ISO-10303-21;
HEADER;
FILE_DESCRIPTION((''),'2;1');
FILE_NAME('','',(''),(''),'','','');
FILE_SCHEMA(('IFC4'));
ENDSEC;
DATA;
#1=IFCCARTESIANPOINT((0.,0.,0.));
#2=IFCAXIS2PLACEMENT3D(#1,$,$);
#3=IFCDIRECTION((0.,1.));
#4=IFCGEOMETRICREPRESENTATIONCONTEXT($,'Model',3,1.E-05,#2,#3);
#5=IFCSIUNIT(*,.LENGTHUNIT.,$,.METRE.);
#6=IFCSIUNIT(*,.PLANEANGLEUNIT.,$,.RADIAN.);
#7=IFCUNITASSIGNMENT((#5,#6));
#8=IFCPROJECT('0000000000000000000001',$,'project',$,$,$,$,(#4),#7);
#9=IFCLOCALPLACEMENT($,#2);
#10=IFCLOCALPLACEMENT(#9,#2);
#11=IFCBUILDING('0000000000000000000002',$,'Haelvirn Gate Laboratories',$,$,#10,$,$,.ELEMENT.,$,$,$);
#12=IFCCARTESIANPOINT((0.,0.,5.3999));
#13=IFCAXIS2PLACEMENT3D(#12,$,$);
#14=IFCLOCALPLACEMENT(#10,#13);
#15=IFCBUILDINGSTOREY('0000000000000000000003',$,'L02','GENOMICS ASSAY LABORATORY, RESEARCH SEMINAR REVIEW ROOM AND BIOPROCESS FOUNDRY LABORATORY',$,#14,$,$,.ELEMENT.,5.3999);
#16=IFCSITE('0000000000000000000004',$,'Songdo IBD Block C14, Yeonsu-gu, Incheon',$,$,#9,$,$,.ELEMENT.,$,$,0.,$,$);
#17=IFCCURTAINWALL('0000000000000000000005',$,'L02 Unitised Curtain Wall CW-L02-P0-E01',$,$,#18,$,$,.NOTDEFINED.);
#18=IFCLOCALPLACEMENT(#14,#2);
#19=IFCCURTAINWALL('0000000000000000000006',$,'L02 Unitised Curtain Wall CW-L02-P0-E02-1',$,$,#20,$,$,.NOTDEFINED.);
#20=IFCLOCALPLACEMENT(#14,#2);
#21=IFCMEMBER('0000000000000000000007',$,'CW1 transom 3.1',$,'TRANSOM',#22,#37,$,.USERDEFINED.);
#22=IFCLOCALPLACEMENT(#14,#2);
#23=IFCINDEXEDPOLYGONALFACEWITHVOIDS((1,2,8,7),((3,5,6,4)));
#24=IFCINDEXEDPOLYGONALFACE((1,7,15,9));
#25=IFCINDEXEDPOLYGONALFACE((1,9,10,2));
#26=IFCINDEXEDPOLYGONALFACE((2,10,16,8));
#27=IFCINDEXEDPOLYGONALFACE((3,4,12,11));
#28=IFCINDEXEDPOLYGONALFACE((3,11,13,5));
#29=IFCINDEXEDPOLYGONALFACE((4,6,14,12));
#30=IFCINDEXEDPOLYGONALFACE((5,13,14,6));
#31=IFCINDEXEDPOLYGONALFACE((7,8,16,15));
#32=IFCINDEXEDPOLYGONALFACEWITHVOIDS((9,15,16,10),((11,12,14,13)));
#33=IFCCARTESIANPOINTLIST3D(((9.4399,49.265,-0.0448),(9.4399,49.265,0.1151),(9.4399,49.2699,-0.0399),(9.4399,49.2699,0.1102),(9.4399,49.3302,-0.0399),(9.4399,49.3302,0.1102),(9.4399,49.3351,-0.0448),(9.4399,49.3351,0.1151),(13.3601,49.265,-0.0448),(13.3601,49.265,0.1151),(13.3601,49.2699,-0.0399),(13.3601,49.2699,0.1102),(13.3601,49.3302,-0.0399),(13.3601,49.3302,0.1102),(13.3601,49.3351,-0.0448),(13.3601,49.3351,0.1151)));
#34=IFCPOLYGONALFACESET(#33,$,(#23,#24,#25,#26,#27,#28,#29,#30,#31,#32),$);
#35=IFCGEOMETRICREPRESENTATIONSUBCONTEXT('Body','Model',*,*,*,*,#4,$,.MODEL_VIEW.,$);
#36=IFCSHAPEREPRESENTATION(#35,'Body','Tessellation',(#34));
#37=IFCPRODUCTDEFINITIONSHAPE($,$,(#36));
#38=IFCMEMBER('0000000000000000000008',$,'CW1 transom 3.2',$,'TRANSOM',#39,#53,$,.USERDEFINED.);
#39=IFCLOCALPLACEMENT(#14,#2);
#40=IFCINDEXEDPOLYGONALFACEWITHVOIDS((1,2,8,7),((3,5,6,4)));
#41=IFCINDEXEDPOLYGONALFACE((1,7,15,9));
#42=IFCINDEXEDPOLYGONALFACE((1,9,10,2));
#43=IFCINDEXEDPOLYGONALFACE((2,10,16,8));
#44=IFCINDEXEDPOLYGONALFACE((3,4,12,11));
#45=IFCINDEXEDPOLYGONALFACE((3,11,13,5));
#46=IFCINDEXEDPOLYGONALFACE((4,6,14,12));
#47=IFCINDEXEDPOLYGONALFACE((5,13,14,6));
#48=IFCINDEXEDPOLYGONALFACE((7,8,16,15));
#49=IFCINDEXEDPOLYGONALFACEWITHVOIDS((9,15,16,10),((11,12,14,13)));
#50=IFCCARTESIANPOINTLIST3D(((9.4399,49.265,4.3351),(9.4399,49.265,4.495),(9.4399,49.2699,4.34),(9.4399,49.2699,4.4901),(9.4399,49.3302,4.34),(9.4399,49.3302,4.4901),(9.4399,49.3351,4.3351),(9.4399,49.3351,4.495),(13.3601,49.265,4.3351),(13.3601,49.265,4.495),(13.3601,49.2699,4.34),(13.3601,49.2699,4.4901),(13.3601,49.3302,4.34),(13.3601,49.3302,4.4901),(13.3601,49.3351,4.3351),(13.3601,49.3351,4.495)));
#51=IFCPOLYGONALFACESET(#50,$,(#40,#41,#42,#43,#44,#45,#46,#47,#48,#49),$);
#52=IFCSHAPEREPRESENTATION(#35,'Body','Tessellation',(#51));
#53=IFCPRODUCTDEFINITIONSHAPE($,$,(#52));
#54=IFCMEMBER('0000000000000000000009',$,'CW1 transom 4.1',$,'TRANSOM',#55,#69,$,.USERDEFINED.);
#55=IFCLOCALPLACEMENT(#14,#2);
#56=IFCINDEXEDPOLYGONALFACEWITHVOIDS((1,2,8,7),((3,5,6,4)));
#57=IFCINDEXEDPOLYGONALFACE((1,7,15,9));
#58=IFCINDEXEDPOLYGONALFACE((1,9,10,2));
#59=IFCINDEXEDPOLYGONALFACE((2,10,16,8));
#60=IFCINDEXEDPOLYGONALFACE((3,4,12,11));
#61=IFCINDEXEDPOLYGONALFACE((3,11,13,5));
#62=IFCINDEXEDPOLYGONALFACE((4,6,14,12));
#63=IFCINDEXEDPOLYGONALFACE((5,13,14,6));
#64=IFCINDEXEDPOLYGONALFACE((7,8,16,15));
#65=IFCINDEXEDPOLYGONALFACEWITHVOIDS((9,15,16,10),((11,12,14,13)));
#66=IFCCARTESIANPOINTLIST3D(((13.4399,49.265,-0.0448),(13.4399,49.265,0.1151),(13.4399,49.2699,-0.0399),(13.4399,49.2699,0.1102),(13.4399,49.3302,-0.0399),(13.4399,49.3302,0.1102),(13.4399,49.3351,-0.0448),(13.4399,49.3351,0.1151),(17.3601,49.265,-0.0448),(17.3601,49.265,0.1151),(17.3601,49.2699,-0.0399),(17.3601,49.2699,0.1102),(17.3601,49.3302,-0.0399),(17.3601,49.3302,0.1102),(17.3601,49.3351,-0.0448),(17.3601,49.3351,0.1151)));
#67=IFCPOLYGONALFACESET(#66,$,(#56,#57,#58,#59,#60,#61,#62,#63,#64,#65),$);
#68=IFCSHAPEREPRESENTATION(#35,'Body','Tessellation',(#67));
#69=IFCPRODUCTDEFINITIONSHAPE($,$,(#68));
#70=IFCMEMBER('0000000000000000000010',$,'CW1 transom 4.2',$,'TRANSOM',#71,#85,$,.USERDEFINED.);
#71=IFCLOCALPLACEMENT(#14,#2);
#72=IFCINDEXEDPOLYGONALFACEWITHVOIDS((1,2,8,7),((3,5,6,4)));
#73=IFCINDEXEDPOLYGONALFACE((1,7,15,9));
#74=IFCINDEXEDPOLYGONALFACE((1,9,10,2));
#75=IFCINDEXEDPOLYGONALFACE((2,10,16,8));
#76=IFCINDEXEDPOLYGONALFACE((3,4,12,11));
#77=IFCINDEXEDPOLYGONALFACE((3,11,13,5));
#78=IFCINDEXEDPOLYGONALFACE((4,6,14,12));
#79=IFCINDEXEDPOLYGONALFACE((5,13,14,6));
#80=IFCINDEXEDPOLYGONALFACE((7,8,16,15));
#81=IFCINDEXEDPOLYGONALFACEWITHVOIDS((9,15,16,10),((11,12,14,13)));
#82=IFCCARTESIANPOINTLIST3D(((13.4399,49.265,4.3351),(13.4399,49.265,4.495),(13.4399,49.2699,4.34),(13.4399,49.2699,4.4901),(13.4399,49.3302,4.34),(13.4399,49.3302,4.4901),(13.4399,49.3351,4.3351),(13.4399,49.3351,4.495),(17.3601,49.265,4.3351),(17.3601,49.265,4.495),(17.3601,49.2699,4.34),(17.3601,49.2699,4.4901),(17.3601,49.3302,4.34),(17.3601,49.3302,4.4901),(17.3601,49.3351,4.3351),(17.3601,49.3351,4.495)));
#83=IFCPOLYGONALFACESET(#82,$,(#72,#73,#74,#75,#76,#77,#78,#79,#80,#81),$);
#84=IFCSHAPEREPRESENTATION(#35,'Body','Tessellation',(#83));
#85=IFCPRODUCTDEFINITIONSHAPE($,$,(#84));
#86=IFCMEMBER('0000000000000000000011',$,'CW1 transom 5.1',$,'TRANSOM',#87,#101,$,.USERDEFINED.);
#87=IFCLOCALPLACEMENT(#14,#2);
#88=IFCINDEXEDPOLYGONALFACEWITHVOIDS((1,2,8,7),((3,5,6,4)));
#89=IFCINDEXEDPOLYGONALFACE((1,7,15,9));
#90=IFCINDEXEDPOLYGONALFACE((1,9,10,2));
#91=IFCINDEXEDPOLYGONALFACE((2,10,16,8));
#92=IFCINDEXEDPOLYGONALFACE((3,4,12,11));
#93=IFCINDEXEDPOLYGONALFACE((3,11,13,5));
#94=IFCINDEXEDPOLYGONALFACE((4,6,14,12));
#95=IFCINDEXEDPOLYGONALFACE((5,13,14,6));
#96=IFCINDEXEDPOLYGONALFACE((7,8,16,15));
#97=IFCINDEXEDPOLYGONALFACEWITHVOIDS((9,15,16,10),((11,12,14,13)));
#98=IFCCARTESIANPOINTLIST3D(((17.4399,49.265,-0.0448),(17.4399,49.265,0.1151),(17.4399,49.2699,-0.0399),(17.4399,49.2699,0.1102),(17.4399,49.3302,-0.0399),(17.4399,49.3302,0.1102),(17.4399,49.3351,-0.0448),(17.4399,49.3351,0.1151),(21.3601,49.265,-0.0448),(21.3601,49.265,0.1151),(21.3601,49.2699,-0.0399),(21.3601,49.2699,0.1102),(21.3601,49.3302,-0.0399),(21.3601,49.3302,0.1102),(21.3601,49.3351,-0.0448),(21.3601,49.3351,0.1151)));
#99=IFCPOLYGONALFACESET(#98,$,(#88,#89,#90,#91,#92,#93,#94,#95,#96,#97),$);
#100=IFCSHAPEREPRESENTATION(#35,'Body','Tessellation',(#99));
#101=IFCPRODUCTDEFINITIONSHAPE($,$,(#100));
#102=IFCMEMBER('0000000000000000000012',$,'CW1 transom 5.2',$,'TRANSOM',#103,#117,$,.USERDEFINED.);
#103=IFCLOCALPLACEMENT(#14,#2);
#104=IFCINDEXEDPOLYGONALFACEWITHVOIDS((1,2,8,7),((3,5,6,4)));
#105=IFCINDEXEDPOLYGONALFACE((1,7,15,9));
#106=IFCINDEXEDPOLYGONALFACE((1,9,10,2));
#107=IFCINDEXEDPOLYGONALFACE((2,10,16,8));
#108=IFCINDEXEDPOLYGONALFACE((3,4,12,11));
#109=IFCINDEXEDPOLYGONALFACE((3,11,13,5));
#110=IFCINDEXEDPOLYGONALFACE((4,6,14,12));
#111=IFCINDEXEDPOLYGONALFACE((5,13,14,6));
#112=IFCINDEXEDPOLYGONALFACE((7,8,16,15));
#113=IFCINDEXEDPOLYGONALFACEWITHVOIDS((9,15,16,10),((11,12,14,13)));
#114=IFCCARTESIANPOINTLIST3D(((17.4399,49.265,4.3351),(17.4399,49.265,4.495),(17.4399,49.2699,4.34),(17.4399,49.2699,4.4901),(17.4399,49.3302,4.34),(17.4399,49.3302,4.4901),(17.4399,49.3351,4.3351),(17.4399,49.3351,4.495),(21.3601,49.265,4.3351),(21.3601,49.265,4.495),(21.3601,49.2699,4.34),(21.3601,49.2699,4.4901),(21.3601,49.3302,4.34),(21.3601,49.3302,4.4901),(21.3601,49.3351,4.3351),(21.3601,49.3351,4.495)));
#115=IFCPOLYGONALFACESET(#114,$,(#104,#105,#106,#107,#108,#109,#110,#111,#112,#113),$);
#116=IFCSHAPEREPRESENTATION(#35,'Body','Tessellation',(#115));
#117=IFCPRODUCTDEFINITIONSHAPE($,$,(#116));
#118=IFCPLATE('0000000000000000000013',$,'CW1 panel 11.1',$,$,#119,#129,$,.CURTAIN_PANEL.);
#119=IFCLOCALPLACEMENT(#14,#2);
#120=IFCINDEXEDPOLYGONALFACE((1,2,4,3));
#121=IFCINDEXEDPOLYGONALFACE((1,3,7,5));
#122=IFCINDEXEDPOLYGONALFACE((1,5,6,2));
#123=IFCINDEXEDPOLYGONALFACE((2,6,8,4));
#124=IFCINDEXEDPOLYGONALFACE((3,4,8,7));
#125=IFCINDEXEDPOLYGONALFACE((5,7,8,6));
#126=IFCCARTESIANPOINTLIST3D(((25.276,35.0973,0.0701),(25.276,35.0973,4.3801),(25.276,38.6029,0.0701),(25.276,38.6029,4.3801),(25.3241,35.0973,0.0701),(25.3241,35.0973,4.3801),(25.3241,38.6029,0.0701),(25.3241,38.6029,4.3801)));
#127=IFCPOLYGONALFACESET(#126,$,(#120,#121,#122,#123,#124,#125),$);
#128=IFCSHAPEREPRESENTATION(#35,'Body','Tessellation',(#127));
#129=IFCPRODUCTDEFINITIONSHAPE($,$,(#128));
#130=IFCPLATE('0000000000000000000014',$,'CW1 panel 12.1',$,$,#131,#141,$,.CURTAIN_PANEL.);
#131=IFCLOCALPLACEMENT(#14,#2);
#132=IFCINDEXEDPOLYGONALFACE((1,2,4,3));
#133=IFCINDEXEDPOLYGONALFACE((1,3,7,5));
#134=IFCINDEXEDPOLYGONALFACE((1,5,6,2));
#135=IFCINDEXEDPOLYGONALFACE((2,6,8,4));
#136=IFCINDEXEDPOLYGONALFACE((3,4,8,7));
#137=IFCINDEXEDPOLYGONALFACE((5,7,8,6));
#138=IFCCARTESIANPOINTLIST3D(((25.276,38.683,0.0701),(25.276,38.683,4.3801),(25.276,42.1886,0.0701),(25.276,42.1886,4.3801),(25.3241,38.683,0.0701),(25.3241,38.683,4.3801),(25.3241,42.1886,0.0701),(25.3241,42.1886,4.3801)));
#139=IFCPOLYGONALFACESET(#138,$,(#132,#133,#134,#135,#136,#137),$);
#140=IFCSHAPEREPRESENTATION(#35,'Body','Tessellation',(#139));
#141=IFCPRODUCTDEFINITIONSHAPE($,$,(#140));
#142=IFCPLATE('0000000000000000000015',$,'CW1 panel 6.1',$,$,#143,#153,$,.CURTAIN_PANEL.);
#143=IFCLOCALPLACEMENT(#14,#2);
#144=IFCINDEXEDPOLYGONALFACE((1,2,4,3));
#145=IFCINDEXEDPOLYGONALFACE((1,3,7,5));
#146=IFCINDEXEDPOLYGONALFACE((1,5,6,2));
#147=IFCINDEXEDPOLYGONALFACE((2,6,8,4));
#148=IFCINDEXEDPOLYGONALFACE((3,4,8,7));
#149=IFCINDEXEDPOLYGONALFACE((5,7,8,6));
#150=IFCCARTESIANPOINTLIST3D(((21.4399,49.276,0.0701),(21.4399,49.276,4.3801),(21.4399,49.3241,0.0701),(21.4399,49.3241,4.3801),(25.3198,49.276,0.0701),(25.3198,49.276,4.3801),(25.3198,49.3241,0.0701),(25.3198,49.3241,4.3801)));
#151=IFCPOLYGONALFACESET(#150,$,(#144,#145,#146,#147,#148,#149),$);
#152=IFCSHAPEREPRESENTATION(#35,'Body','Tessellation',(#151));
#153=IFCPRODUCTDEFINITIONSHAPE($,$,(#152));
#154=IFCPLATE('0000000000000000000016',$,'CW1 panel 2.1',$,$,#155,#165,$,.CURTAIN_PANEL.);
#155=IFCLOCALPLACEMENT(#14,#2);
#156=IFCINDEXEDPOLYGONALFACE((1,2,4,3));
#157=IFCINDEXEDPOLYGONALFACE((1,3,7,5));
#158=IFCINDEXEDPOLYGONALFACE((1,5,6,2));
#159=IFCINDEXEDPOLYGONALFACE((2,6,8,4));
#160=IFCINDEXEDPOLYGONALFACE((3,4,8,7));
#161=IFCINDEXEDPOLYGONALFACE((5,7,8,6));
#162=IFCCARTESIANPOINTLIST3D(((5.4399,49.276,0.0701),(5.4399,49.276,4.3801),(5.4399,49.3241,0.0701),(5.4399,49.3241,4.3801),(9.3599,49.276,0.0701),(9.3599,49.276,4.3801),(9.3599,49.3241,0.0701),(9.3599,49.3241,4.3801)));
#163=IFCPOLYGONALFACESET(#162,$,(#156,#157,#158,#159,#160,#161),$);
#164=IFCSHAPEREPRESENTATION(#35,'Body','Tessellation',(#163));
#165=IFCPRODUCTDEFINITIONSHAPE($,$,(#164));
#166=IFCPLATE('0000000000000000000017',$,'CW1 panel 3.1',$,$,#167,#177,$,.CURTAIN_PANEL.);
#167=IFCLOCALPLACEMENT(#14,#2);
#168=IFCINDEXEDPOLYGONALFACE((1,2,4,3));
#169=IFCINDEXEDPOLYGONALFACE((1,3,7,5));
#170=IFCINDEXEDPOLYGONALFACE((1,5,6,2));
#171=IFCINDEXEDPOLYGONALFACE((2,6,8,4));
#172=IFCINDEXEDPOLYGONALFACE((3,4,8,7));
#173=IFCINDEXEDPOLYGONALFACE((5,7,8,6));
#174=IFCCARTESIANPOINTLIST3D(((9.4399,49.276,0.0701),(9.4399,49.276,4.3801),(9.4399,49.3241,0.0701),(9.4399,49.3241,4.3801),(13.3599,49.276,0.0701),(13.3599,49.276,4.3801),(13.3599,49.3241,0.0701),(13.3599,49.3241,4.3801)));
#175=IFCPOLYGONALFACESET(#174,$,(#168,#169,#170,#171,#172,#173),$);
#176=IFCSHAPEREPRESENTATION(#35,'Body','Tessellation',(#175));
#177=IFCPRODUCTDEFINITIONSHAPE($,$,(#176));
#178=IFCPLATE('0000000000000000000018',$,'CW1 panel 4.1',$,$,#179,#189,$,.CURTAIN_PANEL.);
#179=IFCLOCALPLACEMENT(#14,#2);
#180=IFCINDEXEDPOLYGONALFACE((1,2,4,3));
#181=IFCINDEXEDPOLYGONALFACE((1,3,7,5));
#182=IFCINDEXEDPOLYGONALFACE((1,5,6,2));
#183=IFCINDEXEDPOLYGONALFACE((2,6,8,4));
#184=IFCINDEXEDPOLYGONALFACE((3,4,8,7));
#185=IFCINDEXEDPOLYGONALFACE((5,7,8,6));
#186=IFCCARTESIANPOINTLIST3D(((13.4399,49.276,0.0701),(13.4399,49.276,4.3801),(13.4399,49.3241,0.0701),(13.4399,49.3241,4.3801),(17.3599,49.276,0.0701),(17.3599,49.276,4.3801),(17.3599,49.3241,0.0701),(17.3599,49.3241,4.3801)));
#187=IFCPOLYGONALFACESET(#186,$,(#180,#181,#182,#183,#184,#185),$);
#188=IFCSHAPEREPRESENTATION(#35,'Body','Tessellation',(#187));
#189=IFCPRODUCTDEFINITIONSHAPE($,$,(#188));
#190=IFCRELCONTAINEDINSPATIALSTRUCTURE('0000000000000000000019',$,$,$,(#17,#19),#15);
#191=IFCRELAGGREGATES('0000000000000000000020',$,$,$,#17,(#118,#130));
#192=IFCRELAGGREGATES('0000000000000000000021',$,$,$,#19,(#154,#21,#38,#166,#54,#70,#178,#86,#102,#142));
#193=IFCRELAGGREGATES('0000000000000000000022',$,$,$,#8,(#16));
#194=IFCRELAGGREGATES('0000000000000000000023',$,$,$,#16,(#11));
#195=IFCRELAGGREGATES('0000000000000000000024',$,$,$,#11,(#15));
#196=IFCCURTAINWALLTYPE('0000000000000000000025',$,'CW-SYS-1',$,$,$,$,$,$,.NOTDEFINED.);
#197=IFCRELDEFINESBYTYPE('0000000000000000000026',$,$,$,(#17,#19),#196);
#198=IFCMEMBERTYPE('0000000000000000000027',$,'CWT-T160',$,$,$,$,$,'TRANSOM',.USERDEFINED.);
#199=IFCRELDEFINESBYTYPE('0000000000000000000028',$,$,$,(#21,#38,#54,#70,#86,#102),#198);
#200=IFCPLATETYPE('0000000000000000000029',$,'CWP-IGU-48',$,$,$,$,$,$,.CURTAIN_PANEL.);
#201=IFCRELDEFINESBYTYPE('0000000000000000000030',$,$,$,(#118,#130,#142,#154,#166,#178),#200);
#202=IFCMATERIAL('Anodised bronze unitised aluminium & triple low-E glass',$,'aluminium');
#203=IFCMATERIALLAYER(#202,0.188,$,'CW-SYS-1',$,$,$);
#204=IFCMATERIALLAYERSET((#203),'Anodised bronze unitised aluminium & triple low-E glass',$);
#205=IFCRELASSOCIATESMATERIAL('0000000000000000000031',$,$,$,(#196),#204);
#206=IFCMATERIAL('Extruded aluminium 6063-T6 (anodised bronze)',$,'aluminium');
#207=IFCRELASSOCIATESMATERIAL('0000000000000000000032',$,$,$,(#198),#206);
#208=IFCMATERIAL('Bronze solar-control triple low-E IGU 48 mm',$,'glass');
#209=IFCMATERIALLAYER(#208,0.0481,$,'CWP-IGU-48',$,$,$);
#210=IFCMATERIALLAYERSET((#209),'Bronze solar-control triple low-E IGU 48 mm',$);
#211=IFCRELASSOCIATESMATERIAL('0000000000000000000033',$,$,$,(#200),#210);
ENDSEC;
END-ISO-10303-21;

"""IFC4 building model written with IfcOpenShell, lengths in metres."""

from ifc_helpers import new_model, si_unit, direction, frame, origin, origin_2d, place, context, subcontext, project, spatial, rectangle, hollow_rectangle, extrude, source, transform, mapped, material, layer, layer_set, material_profile, profile_set, type_object, type_shapes, element, aggregate, save


model = new_model("IFC4")

# Units and contexts
model_context = context("Model", 3, precision=1e-05, world=origin(), true_north=direction((0.0, 1.0)))
body_context = subcontext(model_context, "Body", "Model", "MODEL_VIEW")
ifc_project = project(units=[si_unit("LENGTHUNIT", "METRE"), si_unit("PLANEANGLEUNIT", "RADIAN")], contexts=[model_context])

# Site, building, storey
site_placement = place(None, origin())
site = spatial("IfcSite", under=ifc_project, at=site_placement, Name="Songdo IBD Block C14, Yeonsu-gu, Incheon", CompositionType="ELEMENT", RefElevation=0.0)
building_placement = place(site_placement, origin())
building = spatial("IfcBuilding", under=site, at=building_placement, Name="Haelvirn Gate Laboratories", CompositionType="ELEMENT")
storey_placement = place(building_placement, frame((0.0, 0.0, 5.3999)))
storey = spatial("IfcBuildingStorey", under=building, at=storey_placement, Name="L02", Description="GENOMICS ASSAY LABORATORY, RESEARCH SEMINAR REVIEW ROOM AND BIOPROCESS FOUNDRY LABORATORY", CompositionType="ELEMENT", Elevation=5.3999)

# Curtain walls
ifc_material_1 = material(Name="Anodised bronze unitised aluminium & triple low-E glass", Category="aluminium")
ifc_layer_1 = layer(ifc_material_1, 0.188, Name="CW-SYS-1")
ifc_layer_set_1 = layer_set([ifc_layer_1], Name="Anodised bronze unitised aluminium & triple low-E glass")
curtain_wall_type = type_object("IfcCurtainWallType", Name="CW-SYS-1", PredefinedType="NOTDEFINED", material=ifc_layer_set_1)
curtain_wall_1_placement = place(storey_placement, origin())
curtain_wall_1 = element("IfcCurtainWall", 1, at=curtain_wall_1_placement, inside=storey, type_object=curtain_wall_type, Name="L02 Unitised Curtain Wall CW-L02-P0-E01", PredefinedType="NOTDEFINED")
ifc_material_2 = material(Name="Extruded aluminium 6063-T6 (anodised bronze)", Category="aluminium")
curtain_wall_2_placement = place(storey_placement, origin())
curtain_wall_2 = element("IfcCurtainWall", 2, at=curtain_wall_2_placement, inside=storey, type_object=curtain_wall_type, Name="L02 Unitised Curtain Wall CW-L02-P0-E02-1", PredefinedType="NOTDEFINED")

# Members
ifc_material_profile_1 = material_profile(ifc_material_2, hollow_rectangle(XDim=0.0701, YDim=0.1599, WallThickness=0.0049, at=origin_2d()), Name="CWT-160x70x5")
ifc_profile_set_1 = profile_set([ifc_material_profile_1], Name="Extruded aluminium 6063-T6 (anodised bronze)")
member_type_1 = type_object("IfcMemberType", Name="CWT-T160", ElementType="TRANSOM", PredefinedType="USERDEFINED", material=ifc_profile_set_1)
shared_shape_1 = source(origin(), body_context, "Body", "SweptSolid", [
    extrude(hollow_rectangle(XDim=0.0701, YDim=0.1599, WallThickness=0.0049, at=origin_2d()), origin(), (0.0, 0.0, 1.0), 3.9202),
])
member_1_placement = place(storey_placement, frame((9.4399, 49.3, 0.0352), z_axis=(1.0, 0.0, 0.0), x_axis=(0.0, 1.0, 0.0)))
member_1 = element("IfcMember", 3, at=member_1_placement, type_object=member_type_1, Name="CW1 transom 3.1", ObjectType="TRANSOM", PredefinedType="USERDEFINED", context=body_context, shape_type="MappedRepresentation", body=[
    mapped(shared_shape_1, transform((0.0, 0.0, 0.0), scale=1.0)),
])
member_2_placement = place(storey_placement, frame((9.4399, 49.3, 4.415), z_axis=(1.0, 0.0, 0.0), x_axis=(0.0, 1.0, 0.0)))
member_2 = element("IfcMember", 4, at=member_2_placement, type_object=member_type_1, Name="CW1 transom 3.2", ObjectType="TRANSOM", PredefinedType="USERDEFINED", context=body_context, shape_type="MappedRepresentation", body=[
    mapped(shared_shape_1, transform((0.0, 0.0, 0.0), scale=1.0)),
])
member_3_placement = place(storey_placement, frame((13.4399, 49.3, 0.0352), z_axis=(1.0, 0.0, 0.0), x_axis=(0.0, 1.0, 0.0)))
member_3 = element("IfcMember", 5, at=member_3_placement, type_object=member_type_1, Name="CW1 transom 4.1", ObjectType="TRANSOM", PredefinedType="USERDEFINED", context=body_context, shape_type="MappedRepresentation", body=[
    mapped(shared_shape_1, transform((0.0, 0.0, 0.0), scale=1.0)),
])
member_4_placement = place(storey_placement, frame((13.4399, 49.3, 4.415), z_axis=(1.0, 0.0, 0.0), x_axis=(0.0, 1.0, 0.0)))
member_4 = element("IfcMember", 6, at=member_4_placement, type_object=member_type_1, Name="CW1 transom 4.2", ObjectType="TRANSOM", PredefinedType="USERDEFINED", context=body_context, shape_type="MappedRepresentation", body=[
    mapped(shared_shape_1, transform((0.0, 0.0, 0.0), scale=1.0)),
])
member_5_placement = place(storey_placement, frame((17.4399, 49.3, 0.0352), z_axis=(1.0, 0.0, 0.0), x_axis=(0.0, 1.0, 0.0)))
member_5 = element("IfcMember", 7, at=member_5_placement, type_object=member_type_1, Name="CW1 transom 5.1", ObjectType="TRANSOM", PredefinedType="USERDEFINED", context=body_context, shape_type="MappedRepresentation", body=[
    mapped(shared_shape_1, transform((0.0, 0.0, 0.0), scale=1.0)),
])
member_6_placement = place(storey_placement, frame((17.4399, 49.3, 4.415), z_axis=(1.0, 0.0, 0.0), x_axis=(0.0, 1.0, 0.0)))
member_6 = element("IfcMember", 8, at=member_6_placement, type_object=member_type_1, Name="CW1 transom 5.2", ObjectType="TRANSOM", PredefinedType="USERDEFINED", context=body_context, shape_type="MappedRepresentation", body=[
    mapped(shared_shape_1, transform((0.0, 0.0, 0.0), scale=1.0)),
])

# Plates
ifc_material_3 = material(Name="Bronze solar-control triple low-E IGU 48 mm", Category="glass")
ifc_layer_2 = layer(ifc_material_3, 0.0481, Name="CWP-IGU-48")
ifc_layer_set_2 = layer_set([ifc_layer_2], Name="Bronze solar-control triple low-E IGU 48 mm")
plate_type = type_object("IfcPlateType", Name="CWP-IGU-48", PredefinedType="CURTAIN_PANEL", material=ifc_layer_set_2)
shared_shape_2 = source(origin(), body_context, "Body", "SweptSolid", [
    extrude(rectangle(XDim=3.5056, YDim=0.0481, at=origin_2d()), origin(), (0.0, 0.0, 1.0), 4.3101),
])
plate_1_placement = place(storey_placement, frame((25.3, 36.8501, 0.0701), z_axis=(0.0, 0.0, 1.0), x_axis=(0.0, 1.0, 0.0)))
plate_1 = element("IfcPlate", 9, at=plate_1_placement, type_object=plate_type, Name="CW1 panel 11.1", PredefinedType="CURTAIN_PANEL", context=body_context, shape_type="MappedRepresentation", body=[
    mapped(shared_shape_2, transform((0.0, 0.0, 0.0), scale=1.0)),
])
plate_2_placement = place(storey_placement, frame((25.3, 40.4358, 0.0701), z_axis=(0.0, 0.0, 1.0), x_axis=(0.0, 1.0, 0.0)))
plate_2 = element("IfcPlate", 10, at=plate_2_placement, type_object=plate_type, Name="CW1 panel 12.1", PredefinedType="CURTAIN_PANEL", context=body_context, shape_type="MappedRepresentation", body=[
    mapped(shared_shape_2, transform((0.0, 0.0, 0.0), scale=1.0)),
])
aggregate(curtain_wall_1, [plate_1, plate_2])
shared_shape_3 = source(origin(), body_context, "Body", "SweptSolid", [
    extrude(rectangle(XDim=3.8799, YDim=0.0481, at=origin_2d()), origin(), (0.0, 0.0, 1.0), 4.3101),
])
plate_3_placement = place(storey_placement, frame((23.3799, 49.3, 0.0701), z_axis=(0.0, 0.0, 1.0), x_axis=(1.0, 0.0, 0.0)))
plate_3 = element("IfcPlate", 11, at=plate_3_placement, type_object=plate_type, Name="CW1 panel 6.1", PredefinedType="CURTAIN_PANEL", context=body_context, shape_type="MappedRepresentation", body=[
    mapped(shared_shape_3, transform((0.0, 0.0, 0.0), scale=1.0)),
])
shared_shape_4 = source(origin(), body_context, "Body", "SweptSolid", [
    extrude(rectangle(XDim=3.9199, YDim=0.0481, at=origin_2d()), origin(), (0.0, 0.0, 1.0), 4.3101),
])
type_shapes(plate_type, [shared_shape_2, shared_shape_3, shared_shape_4])
plate_4_placement = place(storey_placement, frame((7.3999, 49.3, 0.0701), z_axis=(0.0, 0.0, 1.0), x_axis=(1.0, 0.0, 0.0)))
plate_4 = element("IfcPlate", 12, at=plate_4_placement, type_object=plate_type, Name="CW1 panel 2.1", PredefinedType="CURTAIN_PANEL", context=body_context, shape_type="MappedRepresentation", body=[
    mapped(shared_shape_4, transform((0.0, 0.0, 0.0), scale=1.0)),
])
plate_5_placement = place(storey_placement, frame((11.3999, 49.3, 0.0701), z_axis=(0.0, 0.0, 1.0), x_axis=(1.0, 0.0, 0.0)))
plate_5 = element("IfcPlate", 13, at=plate_5_placement, type_object=plate_type, Name="CW1 panel 3.1", PredefinedType="CURTAIN_PANEL", context=body_context, shape_type="MappedRepresentation", body=[
    mapped(shared_shape_4, transform((0.0, 0.0, 0.0), scale=1.0)),
])
plate_6_placement = place(storey_placement, frame((15.3999, 49.3, 0.0701), z_axis=(0.0, 0.0, 1.0), x_axis=(1.0, 0.0, 0.0)))
plate_6 = element("IfcPlate", 14, at=plate_6_placement, type_object=plate_type, Name="CW1 panel 4.1", PredefinedType="CURTAIN_PANEL", context=body_context, shape_type="MappedRepresentation", body=[
    mapped(shared_shape_4, transform((0.0, 0.0, 0.0), scale=1.0)),
])
aggregate(curtain_wall_2, [plate_4, member_1, member_2, plate_5, member_3, member_4, plate_6, member_5, member_6, plate_3])

save(model, "model.ifc")
